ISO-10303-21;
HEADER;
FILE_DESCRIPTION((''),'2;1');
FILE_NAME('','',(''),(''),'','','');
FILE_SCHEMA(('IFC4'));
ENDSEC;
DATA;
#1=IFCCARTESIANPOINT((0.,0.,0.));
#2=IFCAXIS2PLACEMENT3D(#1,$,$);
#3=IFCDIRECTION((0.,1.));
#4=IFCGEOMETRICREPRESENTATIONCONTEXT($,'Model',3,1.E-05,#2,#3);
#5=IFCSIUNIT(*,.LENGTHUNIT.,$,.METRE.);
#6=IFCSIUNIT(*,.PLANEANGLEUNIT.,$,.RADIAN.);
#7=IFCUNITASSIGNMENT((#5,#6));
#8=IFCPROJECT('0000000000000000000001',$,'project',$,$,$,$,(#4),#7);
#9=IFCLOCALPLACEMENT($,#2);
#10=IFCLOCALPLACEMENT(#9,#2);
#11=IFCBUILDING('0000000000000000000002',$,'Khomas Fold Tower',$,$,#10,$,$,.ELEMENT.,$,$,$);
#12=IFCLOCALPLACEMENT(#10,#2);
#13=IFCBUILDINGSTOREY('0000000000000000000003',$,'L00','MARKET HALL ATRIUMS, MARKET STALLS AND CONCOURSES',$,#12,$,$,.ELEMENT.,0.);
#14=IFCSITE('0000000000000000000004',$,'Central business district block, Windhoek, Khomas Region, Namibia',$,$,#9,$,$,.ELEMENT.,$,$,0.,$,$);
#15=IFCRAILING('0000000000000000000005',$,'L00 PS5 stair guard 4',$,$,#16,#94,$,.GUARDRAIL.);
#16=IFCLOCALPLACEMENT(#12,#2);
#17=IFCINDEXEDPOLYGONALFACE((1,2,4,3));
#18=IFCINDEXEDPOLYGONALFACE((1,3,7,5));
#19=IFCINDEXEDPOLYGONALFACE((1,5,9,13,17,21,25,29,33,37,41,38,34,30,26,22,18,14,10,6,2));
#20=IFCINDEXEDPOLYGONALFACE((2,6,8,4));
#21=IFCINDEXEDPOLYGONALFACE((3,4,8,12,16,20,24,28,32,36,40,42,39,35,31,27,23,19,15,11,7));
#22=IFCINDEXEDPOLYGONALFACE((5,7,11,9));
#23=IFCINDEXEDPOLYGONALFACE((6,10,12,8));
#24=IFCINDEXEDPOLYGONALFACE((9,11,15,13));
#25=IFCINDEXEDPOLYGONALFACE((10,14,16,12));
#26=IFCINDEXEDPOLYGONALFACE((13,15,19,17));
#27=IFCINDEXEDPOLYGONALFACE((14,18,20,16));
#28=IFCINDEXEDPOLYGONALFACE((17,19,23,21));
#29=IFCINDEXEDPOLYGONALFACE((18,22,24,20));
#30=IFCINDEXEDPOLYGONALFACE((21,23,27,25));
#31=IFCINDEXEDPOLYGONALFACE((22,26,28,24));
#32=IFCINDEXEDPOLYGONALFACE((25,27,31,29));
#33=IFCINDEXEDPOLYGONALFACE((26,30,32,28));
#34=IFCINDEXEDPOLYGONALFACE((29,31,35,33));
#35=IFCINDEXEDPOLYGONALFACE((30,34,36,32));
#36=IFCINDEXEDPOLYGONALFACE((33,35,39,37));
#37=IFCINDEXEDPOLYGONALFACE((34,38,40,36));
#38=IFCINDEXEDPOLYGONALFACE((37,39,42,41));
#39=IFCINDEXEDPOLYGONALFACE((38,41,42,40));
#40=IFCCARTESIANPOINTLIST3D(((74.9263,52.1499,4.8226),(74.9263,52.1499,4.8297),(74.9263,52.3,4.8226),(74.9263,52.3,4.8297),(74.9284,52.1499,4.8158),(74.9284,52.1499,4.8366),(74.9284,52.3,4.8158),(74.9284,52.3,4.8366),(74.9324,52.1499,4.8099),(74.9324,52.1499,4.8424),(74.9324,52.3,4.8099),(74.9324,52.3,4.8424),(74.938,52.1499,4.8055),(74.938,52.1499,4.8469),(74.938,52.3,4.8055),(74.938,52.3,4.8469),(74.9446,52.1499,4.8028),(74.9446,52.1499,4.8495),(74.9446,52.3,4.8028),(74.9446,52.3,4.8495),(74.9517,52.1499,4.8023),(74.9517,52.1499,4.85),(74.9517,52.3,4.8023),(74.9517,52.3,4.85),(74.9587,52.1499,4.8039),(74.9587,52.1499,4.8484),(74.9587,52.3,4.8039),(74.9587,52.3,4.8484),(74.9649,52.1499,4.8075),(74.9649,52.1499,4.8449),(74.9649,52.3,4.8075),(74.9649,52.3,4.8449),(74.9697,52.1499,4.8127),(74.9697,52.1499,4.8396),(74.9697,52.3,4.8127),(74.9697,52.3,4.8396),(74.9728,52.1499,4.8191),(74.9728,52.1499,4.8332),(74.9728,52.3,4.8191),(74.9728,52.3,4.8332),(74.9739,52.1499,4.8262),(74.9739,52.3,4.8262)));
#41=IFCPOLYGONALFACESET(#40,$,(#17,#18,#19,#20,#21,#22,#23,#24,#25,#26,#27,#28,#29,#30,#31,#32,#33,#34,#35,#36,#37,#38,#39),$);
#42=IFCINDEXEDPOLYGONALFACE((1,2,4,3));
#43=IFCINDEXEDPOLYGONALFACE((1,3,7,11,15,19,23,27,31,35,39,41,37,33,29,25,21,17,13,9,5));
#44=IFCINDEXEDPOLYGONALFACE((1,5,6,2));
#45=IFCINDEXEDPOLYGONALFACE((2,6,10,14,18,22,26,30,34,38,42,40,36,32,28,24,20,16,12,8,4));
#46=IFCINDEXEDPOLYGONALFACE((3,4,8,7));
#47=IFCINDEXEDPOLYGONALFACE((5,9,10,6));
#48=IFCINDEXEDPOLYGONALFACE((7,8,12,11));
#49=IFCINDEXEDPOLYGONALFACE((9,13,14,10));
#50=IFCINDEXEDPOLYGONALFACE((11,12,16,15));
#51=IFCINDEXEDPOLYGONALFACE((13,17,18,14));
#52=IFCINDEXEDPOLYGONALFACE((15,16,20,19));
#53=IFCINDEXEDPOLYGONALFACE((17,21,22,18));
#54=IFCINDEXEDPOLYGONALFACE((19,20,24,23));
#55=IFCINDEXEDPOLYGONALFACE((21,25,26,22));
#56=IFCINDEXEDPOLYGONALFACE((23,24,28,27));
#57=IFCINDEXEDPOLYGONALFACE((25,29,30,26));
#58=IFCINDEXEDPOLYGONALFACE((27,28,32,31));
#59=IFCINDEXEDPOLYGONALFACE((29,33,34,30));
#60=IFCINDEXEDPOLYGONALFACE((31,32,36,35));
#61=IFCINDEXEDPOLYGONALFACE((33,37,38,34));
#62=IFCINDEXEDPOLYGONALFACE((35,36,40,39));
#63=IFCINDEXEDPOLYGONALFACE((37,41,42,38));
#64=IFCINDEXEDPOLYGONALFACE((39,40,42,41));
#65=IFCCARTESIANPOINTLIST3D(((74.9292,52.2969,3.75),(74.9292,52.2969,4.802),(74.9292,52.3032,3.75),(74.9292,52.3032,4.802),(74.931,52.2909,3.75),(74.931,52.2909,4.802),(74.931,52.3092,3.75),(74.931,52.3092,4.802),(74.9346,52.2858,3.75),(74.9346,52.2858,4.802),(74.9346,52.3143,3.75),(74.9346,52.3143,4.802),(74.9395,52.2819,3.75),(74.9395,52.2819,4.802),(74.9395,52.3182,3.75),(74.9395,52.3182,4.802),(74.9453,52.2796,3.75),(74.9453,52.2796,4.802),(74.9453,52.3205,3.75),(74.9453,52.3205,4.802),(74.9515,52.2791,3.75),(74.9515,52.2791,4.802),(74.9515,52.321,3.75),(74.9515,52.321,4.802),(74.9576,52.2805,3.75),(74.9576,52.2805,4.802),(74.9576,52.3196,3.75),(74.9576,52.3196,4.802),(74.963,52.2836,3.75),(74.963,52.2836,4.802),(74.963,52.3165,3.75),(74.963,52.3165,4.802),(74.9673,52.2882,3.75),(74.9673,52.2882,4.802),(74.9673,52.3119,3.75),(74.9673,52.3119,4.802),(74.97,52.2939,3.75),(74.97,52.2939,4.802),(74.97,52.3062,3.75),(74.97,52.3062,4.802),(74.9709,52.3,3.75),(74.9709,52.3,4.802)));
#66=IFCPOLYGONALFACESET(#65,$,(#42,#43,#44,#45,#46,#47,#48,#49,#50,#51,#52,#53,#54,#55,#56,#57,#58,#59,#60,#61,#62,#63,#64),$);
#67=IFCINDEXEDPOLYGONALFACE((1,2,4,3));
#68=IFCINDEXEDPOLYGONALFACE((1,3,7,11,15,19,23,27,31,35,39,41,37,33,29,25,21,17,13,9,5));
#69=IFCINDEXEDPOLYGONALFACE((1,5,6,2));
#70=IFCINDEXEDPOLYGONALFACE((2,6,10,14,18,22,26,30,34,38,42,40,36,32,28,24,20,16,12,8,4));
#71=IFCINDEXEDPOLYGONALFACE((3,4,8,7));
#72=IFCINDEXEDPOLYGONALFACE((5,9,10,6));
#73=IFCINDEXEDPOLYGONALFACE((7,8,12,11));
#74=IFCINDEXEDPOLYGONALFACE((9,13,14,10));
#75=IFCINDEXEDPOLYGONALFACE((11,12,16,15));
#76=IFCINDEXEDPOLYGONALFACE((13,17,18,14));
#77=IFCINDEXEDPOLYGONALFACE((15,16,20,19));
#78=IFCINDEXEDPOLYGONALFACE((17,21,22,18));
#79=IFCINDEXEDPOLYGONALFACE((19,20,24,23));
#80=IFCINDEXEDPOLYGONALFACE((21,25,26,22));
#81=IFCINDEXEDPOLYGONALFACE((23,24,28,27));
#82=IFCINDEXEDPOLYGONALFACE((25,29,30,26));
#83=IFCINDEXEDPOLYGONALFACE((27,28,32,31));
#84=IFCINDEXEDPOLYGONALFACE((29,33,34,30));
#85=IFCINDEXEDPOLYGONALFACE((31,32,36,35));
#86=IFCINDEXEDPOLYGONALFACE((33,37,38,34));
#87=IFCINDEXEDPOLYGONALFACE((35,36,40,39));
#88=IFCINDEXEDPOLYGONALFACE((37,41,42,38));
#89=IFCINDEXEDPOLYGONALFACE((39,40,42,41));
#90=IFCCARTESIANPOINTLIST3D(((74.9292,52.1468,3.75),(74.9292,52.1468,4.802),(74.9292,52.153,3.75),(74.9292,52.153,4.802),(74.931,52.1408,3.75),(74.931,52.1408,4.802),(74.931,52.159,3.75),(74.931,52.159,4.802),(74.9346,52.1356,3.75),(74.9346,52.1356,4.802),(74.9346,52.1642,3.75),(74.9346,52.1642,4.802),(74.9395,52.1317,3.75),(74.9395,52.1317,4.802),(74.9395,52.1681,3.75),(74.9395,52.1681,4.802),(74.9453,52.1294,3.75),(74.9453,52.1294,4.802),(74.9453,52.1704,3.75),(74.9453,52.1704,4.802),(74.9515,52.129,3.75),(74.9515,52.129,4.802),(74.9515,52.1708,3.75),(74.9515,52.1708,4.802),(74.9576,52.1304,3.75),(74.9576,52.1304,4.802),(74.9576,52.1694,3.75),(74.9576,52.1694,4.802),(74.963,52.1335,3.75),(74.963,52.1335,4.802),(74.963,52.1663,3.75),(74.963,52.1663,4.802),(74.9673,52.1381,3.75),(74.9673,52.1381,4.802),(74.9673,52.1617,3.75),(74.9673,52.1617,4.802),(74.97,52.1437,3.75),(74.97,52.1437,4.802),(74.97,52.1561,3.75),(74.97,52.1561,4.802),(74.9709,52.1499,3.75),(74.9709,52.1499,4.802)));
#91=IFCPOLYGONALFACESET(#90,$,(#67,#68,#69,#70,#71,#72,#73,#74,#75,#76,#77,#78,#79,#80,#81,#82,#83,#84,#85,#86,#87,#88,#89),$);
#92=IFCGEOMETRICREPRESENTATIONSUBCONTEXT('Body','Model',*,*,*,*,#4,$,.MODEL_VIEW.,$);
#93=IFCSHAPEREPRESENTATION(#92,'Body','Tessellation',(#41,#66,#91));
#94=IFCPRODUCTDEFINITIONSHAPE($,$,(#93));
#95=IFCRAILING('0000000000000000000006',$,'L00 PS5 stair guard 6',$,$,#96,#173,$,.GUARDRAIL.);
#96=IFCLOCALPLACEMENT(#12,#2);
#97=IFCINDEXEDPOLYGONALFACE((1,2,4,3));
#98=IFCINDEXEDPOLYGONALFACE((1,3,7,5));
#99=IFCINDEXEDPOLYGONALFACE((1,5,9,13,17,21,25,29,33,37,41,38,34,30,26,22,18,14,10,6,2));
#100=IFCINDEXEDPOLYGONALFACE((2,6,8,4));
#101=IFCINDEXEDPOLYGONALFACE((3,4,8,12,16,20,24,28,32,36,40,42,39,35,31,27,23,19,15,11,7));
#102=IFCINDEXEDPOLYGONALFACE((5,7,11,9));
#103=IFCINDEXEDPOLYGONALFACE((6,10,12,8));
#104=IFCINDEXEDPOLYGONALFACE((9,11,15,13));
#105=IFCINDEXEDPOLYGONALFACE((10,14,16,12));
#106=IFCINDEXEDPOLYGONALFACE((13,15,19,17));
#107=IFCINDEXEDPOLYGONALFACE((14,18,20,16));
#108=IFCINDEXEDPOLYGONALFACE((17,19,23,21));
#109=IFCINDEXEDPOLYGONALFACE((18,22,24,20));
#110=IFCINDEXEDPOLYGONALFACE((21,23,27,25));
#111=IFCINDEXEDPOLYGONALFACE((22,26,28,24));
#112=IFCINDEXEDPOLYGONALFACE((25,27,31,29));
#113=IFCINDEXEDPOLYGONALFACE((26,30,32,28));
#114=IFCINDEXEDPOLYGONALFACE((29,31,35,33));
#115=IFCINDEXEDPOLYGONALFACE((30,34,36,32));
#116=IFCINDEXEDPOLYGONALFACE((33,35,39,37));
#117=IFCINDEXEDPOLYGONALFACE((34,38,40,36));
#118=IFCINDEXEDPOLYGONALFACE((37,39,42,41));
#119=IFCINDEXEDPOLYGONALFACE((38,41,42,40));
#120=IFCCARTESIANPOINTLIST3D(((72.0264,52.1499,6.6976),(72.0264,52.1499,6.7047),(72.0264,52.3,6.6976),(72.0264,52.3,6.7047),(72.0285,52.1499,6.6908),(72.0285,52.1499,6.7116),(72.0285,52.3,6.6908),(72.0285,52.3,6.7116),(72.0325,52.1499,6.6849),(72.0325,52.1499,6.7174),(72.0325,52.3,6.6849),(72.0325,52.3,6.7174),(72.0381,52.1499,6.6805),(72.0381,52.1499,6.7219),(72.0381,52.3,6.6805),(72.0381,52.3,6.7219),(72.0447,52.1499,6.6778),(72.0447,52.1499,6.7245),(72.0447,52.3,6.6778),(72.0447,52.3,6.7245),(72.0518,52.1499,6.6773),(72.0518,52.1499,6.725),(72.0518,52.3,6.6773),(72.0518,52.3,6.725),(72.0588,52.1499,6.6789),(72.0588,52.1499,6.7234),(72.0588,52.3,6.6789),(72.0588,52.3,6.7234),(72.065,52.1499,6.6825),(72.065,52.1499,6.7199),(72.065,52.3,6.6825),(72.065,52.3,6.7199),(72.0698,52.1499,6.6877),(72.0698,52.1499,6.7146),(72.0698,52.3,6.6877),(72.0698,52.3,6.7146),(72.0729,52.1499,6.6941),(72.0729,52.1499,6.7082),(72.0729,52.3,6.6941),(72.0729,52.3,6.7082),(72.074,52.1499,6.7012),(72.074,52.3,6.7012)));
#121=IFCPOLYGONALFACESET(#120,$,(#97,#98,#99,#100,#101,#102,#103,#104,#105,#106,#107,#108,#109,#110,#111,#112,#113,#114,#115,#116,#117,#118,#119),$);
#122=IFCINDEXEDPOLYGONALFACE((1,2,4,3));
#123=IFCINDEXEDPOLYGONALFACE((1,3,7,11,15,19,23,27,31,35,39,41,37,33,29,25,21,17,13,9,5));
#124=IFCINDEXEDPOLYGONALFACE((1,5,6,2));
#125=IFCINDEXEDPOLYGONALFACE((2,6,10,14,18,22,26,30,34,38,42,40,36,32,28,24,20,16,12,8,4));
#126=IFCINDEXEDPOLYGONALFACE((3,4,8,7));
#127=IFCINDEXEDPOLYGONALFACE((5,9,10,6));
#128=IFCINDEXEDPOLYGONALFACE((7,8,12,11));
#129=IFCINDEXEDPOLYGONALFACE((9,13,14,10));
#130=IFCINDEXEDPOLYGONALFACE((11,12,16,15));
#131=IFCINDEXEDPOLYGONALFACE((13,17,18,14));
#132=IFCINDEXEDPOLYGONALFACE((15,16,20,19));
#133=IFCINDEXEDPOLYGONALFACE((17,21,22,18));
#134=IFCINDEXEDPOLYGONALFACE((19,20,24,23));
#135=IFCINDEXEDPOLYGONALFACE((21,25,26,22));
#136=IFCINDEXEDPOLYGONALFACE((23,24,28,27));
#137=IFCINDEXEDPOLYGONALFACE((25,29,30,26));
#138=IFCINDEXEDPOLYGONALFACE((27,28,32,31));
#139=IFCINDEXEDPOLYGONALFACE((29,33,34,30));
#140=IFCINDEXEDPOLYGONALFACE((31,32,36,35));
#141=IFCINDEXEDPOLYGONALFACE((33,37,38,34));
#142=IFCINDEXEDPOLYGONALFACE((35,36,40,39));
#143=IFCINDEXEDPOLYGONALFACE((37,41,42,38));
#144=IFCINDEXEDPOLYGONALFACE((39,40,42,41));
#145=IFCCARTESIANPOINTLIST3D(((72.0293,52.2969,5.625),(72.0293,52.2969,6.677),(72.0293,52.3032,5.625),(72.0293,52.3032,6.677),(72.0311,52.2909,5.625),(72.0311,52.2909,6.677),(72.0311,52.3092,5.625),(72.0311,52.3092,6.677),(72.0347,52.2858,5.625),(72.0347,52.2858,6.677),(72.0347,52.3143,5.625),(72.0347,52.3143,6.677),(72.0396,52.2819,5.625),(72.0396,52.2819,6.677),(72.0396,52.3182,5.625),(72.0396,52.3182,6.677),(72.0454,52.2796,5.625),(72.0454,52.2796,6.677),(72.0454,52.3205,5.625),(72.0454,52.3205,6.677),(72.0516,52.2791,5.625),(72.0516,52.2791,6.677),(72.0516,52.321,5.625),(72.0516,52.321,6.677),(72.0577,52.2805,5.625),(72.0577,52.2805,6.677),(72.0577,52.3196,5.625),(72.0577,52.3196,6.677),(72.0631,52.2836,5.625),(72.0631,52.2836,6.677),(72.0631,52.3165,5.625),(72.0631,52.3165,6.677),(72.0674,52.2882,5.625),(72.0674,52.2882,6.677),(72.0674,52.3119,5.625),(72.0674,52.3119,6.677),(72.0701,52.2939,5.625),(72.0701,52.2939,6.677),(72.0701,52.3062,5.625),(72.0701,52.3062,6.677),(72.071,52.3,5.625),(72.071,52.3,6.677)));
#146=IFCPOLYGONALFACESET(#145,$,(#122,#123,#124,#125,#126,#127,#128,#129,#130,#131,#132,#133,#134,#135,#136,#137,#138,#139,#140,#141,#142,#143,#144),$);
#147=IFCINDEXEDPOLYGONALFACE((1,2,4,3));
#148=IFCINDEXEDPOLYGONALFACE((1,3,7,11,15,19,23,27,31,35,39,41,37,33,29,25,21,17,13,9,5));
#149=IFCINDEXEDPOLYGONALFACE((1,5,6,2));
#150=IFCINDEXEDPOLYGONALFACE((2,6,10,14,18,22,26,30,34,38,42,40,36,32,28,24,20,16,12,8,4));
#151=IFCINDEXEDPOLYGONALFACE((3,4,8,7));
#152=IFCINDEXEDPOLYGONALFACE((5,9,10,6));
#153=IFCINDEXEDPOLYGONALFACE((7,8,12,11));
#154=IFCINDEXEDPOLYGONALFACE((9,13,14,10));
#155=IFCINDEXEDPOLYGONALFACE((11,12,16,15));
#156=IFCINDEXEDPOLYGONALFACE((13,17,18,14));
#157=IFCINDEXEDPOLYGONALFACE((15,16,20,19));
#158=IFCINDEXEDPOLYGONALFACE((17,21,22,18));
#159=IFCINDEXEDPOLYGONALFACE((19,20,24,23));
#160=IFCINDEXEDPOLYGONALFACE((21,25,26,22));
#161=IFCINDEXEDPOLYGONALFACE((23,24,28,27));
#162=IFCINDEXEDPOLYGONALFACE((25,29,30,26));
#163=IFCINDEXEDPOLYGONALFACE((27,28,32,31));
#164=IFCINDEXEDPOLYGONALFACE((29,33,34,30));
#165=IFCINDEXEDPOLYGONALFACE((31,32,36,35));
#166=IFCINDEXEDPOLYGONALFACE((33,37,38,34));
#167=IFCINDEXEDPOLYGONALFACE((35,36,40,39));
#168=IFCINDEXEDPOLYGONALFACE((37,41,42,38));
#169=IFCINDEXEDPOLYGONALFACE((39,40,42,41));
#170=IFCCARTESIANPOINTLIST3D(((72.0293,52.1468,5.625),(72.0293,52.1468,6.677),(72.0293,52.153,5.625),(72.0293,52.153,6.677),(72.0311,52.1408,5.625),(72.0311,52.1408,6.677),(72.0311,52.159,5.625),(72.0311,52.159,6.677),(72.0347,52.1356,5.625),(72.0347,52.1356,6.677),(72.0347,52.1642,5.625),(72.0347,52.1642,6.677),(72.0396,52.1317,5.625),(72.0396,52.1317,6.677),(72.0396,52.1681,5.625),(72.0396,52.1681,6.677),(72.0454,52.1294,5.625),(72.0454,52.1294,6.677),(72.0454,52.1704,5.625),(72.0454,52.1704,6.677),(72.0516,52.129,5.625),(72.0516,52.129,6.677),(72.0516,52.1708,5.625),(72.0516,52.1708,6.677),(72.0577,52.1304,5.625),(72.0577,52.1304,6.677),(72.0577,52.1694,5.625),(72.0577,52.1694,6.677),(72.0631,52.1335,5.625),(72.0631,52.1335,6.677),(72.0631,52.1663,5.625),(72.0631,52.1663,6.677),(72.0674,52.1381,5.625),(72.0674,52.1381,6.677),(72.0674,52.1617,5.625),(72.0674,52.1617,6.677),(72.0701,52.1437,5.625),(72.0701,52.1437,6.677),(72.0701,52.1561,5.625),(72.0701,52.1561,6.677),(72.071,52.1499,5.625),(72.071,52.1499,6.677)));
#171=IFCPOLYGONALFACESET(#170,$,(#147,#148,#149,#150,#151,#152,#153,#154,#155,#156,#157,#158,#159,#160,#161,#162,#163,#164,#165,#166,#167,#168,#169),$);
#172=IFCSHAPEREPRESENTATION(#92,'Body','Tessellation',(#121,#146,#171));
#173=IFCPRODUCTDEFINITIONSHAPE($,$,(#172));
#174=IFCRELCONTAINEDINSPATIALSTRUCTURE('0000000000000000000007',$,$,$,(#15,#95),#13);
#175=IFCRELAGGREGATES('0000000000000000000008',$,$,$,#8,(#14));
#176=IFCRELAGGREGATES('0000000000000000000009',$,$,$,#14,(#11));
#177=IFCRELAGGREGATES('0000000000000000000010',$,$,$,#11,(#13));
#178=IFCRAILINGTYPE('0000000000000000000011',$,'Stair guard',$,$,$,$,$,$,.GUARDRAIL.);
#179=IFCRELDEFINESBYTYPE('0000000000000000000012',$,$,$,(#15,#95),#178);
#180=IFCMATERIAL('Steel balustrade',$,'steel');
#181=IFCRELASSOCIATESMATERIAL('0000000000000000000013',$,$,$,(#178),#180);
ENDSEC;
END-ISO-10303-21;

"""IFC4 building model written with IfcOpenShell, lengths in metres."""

from ifc_helpers import new_model, si_unit, direction, frame, origin, origin_2d, place, context, subcontext, project, spatial, circle, extrude, source, transform, mapped, material, type_object, element, save


model = new_model("IFC4")

# Units and contexts
model_context = context("Model", 3, precision=1e-05, world=origin(), true_north=direction((0.0, 1.0)))
body_context = subcontext(model_context, "Body", "Model", "MODEL_VIEW")
ifc_project = project(units=[si_unit("LENGTHUNIT", "METRE"), si_unit("PLANEANGLEUNIT", "RADIAN")], contexts=[model_context])

# Site, building, storey
site_placement = place(None, origin())
site = spatial("IfcSite", under=ifc_project, at=site_placement, Name="Central business district block, Windhoek, Khomas Region, Namibia", CompositionType="ELEMENT", RefElevation=0.0)
building_placement = place(site_placement, origin())
building = spatial("IfcBuilding", under=site, at=building_placement, Name="Khomas Fold Tower", CompositionType="ELEMENT")
storey_placement = place(building_placement, origin())
storey = spatial("IfcBuildingStorey", under=building, at=storey_placement, Name="L00", Description="MARKET HALL ATRIUMS, MARKET STALLS AND CONCOURSES", CompositionType="ELEMENT", Elevation=0.0)

# Railings
ifc_material_1 = material(Name="Steel balustrade", Category="steel")
railing_type_1 = type_object("IfcRailingType", Name="Stair guard", PredefinedType="GUARDRAIL", material=ifc_material_1)
shared_shape_1 = source(origin(), body_context, "Body", "SweptSolid", [
    extrude(circle(Radius=0.0239, at=origin_2d()), frame((0.0, 0.0, 1.0762), z_axis=(0.0, -1.0, 0.0), x_axis=(1.0, 0.0, 0.0)), (0.0, 0.0, 1.0), 0.1501),
    extrude(circle(Radius=0.021, at=origin_2d()), origin(), (0.0, 0.0, 1.0), 1.052),
    extrude(circle(Radius=0.021, at=origin_2d()), frame((0.0, -0.1501, 0.0)), (0.0, 0.0, 1.0), 1.052),
])
for number, where, name in (
    (1, (74.95, 52.3, 3.75), "L00 PS5 stair guard 4"),
    (2, (72.05, 52.3, 5.625), "L00 PS5 stair guard 6"),
):
    element("IfcRailing", number, at=place(storey_placement, frame(where)), inside=storey, type_object=railing_type_1, Name=name, PredefinedType="GUARDRAIL", context=body_context, shape_type="MappedRepresentation", body=[
        mapped(shared_shape_1, transform((0.0, 0.0, 0.0))),
    ])

save(model, "model.ifc")
